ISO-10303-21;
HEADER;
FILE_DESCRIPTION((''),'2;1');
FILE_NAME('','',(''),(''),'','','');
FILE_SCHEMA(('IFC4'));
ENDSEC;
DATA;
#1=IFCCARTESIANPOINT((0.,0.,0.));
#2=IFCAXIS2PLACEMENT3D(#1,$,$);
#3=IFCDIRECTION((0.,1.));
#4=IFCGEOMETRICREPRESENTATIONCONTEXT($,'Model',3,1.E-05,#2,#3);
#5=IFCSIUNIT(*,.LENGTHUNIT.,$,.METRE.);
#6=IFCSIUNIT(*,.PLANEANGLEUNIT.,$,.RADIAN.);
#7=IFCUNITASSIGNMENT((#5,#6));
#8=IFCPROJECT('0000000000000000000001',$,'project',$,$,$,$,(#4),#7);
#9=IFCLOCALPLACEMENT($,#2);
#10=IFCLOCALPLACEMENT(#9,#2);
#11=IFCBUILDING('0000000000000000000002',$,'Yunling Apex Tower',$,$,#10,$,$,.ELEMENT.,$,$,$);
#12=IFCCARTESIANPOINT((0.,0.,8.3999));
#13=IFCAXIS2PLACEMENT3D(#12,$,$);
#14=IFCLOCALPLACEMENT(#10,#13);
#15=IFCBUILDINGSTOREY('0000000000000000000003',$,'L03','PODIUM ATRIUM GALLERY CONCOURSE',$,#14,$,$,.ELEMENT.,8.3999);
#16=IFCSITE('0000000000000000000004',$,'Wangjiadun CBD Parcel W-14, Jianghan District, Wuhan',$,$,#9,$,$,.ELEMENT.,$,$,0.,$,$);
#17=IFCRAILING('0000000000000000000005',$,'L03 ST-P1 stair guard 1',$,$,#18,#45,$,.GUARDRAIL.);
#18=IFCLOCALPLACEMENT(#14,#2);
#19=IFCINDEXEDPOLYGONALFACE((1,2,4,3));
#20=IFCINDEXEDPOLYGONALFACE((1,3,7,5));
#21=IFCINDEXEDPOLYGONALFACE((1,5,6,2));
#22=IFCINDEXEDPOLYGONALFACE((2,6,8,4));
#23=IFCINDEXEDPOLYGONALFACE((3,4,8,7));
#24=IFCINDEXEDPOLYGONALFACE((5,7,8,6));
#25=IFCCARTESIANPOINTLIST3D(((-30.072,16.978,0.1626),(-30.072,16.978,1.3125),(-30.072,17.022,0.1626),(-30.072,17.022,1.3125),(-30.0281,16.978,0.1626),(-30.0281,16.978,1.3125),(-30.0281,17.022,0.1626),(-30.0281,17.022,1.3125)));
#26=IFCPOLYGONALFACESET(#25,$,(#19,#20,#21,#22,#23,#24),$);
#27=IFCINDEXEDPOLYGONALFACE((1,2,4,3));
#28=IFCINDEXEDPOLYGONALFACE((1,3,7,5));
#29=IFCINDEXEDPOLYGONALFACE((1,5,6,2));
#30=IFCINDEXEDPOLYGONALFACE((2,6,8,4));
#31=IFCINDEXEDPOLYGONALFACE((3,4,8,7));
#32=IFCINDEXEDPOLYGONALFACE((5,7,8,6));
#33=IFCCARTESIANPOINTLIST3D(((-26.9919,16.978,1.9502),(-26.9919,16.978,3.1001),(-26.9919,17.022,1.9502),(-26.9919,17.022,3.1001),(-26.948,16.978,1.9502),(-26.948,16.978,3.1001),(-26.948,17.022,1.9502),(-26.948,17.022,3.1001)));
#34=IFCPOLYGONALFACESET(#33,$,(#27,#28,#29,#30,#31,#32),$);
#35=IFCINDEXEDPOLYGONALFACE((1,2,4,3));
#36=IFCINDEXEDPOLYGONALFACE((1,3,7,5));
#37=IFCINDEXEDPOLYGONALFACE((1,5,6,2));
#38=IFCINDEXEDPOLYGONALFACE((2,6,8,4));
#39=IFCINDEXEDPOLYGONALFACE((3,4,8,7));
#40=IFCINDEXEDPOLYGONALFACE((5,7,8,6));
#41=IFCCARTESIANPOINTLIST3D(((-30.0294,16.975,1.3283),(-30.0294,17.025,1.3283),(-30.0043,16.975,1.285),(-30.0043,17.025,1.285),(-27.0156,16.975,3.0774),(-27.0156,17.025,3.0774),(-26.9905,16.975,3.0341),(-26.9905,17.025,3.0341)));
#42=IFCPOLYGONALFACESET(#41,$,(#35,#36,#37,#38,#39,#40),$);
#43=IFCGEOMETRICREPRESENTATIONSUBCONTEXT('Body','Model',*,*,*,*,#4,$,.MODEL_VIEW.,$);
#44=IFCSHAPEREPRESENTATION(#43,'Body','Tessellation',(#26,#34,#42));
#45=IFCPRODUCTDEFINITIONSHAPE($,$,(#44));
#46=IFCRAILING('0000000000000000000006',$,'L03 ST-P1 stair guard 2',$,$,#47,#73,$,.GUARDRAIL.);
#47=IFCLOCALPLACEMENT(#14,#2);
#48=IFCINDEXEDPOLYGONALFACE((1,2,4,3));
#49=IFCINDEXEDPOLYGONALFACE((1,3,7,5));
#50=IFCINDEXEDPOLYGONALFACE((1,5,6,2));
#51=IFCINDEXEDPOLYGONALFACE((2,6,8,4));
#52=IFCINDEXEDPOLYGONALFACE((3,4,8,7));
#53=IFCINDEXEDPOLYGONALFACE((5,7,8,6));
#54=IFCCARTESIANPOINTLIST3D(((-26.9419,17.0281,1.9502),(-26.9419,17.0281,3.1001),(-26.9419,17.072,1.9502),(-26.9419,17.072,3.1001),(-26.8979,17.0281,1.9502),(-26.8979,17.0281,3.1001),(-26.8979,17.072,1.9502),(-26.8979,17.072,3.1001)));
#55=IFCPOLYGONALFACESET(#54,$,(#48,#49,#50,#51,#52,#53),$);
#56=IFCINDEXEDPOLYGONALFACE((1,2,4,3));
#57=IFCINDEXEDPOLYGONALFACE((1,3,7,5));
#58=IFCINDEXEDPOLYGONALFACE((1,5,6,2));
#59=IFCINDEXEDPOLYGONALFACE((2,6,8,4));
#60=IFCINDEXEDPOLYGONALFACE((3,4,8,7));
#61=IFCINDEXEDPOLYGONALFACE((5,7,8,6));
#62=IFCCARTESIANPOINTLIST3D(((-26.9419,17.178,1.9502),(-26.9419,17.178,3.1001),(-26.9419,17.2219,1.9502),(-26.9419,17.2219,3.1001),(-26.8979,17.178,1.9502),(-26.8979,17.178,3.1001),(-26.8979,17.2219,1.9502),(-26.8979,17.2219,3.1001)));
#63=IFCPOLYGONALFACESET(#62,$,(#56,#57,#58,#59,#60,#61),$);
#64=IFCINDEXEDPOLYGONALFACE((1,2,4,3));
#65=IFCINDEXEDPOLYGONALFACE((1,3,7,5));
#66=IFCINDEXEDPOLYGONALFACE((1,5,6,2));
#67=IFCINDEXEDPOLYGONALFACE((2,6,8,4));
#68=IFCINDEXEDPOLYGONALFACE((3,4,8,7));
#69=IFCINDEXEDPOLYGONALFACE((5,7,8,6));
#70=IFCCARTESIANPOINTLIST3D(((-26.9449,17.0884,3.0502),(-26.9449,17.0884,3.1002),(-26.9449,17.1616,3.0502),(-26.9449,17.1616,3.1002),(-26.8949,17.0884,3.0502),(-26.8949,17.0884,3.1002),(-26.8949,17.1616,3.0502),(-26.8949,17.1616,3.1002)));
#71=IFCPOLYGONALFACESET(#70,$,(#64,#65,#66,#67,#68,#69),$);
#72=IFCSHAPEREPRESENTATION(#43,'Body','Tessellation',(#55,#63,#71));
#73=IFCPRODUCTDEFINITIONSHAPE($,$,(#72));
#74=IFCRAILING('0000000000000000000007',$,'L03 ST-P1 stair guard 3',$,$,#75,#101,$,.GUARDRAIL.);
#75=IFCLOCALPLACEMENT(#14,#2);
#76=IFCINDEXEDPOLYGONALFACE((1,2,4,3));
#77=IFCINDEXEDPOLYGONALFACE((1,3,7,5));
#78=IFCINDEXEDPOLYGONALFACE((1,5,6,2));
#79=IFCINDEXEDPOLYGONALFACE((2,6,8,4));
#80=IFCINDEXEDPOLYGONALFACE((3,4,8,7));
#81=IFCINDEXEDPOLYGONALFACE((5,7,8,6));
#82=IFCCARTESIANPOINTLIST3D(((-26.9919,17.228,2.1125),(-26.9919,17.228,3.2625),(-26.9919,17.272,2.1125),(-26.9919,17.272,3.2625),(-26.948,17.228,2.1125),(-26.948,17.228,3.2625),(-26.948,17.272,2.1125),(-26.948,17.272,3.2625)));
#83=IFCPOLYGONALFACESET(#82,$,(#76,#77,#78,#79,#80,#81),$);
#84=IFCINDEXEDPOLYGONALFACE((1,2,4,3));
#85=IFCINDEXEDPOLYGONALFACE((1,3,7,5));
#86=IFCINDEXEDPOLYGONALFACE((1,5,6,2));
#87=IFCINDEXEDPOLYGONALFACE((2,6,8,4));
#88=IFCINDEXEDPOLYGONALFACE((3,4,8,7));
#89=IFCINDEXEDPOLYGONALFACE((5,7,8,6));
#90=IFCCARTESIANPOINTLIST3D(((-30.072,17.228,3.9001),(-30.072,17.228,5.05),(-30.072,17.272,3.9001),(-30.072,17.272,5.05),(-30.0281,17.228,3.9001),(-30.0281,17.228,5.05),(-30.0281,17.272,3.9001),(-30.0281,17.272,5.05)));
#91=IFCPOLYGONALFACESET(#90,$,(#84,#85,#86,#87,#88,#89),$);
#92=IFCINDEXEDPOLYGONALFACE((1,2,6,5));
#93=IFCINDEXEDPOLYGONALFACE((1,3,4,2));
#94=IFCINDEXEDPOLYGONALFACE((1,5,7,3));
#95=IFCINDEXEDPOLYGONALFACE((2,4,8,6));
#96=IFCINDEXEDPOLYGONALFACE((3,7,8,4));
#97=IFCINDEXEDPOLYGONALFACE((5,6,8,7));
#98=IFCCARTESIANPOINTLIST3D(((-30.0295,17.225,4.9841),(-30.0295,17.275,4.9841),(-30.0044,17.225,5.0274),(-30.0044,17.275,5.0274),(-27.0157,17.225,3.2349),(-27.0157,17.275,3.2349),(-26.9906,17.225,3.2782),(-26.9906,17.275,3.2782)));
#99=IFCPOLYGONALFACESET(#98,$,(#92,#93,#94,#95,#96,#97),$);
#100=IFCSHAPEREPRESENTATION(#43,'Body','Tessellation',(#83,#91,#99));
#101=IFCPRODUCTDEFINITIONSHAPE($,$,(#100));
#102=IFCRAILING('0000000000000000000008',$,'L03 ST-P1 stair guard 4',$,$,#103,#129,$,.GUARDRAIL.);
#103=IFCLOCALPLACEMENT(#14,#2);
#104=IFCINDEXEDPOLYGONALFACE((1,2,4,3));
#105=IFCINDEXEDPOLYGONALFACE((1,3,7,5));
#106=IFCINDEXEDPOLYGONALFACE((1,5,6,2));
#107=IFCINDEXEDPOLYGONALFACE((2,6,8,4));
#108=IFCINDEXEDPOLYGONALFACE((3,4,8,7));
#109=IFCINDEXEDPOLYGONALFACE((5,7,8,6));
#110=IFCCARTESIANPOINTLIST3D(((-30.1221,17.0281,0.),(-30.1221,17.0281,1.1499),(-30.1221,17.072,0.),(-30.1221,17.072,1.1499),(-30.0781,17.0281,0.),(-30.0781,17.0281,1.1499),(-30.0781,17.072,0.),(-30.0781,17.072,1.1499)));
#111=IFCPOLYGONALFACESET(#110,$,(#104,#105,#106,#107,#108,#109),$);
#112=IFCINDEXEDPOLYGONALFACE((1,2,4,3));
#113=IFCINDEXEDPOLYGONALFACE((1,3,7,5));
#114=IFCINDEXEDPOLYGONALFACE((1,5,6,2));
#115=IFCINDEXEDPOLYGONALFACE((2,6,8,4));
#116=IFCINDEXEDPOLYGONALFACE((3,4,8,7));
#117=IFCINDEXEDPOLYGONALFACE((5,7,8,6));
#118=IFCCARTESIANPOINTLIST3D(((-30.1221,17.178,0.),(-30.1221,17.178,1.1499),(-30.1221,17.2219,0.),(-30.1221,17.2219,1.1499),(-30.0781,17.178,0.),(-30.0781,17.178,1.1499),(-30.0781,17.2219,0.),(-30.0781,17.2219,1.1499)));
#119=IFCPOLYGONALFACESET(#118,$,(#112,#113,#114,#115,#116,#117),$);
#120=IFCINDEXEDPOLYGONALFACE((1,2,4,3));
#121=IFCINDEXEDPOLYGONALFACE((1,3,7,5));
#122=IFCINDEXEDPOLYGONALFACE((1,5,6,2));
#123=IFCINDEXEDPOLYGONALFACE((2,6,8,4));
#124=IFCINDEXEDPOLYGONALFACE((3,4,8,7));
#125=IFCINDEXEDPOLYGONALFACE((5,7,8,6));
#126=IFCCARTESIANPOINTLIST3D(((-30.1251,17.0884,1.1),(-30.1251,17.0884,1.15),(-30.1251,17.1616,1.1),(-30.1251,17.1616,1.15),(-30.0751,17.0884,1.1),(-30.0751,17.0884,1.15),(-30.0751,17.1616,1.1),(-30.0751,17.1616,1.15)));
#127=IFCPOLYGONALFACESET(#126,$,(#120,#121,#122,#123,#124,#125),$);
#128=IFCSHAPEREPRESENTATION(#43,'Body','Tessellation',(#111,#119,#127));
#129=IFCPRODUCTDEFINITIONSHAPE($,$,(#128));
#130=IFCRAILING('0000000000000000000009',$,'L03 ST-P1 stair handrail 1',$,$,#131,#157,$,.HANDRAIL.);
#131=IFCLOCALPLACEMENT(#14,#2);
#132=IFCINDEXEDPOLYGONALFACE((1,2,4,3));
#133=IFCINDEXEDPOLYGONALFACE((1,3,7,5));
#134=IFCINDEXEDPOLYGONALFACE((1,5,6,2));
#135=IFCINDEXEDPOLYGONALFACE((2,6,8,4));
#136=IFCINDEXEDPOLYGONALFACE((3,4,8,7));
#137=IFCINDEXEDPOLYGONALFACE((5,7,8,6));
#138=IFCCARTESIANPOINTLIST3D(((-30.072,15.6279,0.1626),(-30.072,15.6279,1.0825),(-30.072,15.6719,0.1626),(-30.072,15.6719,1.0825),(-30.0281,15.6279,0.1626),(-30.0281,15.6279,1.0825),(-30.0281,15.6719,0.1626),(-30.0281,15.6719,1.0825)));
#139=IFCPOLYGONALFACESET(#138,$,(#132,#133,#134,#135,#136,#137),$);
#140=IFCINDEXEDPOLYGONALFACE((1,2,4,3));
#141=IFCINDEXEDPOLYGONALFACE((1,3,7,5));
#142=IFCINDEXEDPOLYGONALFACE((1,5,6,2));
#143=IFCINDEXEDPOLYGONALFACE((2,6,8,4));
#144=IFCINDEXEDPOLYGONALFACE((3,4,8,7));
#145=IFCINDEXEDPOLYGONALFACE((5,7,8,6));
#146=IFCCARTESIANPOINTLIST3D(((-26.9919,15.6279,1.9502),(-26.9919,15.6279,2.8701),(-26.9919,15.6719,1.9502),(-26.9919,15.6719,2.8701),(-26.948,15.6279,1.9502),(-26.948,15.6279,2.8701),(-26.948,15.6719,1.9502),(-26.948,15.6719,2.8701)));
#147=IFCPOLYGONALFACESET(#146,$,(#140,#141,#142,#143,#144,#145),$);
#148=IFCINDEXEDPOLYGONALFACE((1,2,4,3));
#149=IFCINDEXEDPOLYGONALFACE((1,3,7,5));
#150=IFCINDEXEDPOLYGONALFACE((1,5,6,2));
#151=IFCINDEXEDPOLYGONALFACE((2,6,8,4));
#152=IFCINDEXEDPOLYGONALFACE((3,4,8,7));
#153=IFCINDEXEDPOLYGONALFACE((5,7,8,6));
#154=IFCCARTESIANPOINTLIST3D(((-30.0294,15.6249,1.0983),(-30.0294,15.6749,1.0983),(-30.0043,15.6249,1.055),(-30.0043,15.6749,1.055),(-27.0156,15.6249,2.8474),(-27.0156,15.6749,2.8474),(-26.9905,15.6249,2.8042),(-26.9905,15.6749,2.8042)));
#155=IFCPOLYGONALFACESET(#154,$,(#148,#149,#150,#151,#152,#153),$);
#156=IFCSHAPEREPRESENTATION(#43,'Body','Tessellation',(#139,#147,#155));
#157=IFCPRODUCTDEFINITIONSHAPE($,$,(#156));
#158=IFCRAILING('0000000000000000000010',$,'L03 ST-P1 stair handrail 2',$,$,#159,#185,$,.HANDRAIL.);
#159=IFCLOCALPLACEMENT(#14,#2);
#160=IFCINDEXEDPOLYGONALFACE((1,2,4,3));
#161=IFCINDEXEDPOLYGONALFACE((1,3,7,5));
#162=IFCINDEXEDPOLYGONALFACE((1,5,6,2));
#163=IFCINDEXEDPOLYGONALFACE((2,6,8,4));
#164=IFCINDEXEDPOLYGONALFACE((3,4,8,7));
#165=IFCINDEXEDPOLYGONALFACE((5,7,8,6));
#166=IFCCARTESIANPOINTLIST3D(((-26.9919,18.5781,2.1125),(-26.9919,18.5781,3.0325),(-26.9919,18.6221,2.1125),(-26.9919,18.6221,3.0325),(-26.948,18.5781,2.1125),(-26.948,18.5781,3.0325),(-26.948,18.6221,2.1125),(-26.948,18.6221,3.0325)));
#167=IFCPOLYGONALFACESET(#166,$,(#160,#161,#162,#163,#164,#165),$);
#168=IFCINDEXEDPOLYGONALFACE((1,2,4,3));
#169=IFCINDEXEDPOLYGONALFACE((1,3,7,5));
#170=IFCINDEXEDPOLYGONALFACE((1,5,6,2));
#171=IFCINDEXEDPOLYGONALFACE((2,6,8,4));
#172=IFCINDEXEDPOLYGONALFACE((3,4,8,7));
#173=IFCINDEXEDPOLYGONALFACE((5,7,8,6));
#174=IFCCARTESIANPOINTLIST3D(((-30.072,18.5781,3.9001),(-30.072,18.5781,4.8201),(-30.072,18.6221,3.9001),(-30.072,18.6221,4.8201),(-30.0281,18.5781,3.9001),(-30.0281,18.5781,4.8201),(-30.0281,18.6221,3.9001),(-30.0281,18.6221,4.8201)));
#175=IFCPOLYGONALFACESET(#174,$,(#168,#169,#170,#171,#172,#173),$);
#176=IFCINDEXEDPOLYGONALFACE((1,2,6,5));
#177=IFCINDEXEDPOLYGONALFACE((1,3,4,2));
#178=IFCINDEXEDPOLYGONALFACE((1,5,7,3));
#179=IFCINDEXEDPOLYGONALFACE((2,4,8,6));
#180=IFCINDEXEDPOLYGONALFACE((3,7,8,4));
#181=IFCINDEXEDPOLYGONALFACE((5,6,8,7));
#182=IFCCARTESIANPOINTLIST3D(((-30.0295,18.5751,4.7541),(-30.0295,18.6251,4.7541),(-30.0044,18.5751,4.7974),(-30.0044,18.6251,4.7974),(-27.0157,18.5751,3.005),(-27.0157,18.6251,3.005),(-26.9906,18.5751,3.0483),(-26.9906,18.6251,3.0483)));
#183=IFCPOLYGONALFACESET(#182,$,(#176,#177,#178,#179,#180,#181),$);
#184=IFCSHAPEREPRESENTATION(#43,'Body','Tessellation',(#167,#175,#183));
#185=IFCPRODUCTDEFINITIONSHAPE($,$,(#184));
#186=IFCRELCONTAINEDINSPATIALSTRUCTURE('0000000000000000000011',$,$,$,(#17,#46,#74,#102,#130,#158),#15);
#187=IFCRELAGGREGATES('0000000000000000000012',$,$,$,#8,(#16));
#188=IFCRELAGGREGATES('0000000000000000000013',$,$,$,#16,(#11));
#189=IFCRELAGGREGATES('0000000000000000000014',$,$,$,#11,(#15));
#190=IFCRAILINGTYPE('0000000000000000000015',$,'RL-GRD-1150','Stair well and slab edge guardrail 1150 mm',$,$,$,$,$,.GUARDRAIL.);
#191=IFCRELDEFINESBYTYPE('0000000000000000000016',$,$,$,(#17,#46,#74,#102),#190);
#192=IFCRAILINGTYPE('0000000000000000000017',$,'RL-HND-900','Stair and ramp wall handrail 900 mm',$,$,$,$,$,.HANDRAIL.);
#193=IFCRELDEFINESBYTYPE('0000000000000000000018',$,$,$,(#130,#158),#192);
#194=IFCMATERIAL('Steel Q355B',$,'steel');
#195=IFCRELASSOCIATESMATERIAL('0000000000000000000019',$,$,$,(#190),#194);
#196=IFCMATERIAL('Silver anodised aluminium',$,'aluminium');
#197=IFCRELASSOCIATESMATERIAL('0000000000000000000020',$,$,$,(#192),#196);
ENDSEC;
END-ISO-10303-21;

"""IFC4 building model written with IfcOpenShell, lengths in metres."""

from ifc_helpers import new_model, si_unit, direction, frame, origin, origin_2d, place, context, subcontext, project, spatial, rectangle, extrude, material, type_object, element, save


model = new_model("IFC4")

# Units and contexts
model_context = context("Model", 3, precision=1e-05, world=origin(), true_north=direction((0.0, 1.0)))
body_context = subcontext(model_context, "Body", "Model", "MODEL_VIEW")
ifc_project = project(units=[si_unit("LENGTHUNIT", "METRE"), si_unit("PLANEANGLEUNIT", "RADIAN")], contexts=[model_context])

# Site, building, storey
site_placement = place(None, origin())
site = spatial("IfcSite", under=ifc_project, at=site_placement, Name="Wangjiadun CBD Parcel W-14, Jianghan District, Wuhan", CompositionType="ELEMENT", RefElevation=0.0)
building_placement = place(site_placement, origin())
building = spatial("IfcBuilding", under=site, at=building_placement, Name="Yunling Apex Tower", CompositionType="ELEMENT")
storey_placement = place(building_placement, frame((0.0, 0.0, 8.3999)))
storey = spatial("IfcBuildingStorey", under=building, at=storey_placement, Name="L03", Description="PODIUM ATRIUM GALLERY CONCOURSE", CompositionType="ELEMENT", Elevation=8.3999)

# Shared definitions
ifc_material_1 = material(Name="Steel Q355B", Category="steel")

# Railings
railing_type_1 = type_object("IfcRailingType", Name="RL-GRD-1150", Description="Stair well and slab edge guardrail 1150 mm", PredefinedType="GUARDRAIL", material=ifc_material_1)
railing_1_placement = place(storey_placement, frame((-30.05, 17.0, 0.1626)))
element("IfcRailing", 1, at=railing_1_placement, inside=storey, type_object=railing_type_1, Name="L03 ST-P1 stair guard 1", PredefinedType="GUARDRAIL", context=body_context, shape_type="SweptSolid", body=[
    extrude(rectangle(XDim=0.0439, YDim=0.0439, at=origin_2d()), origin(), (0.0, 0.0, 1.0), 1.1499),
    extrude(rectangle(XDim=0.0439, YDim=0.0439, at=origin_2d()), frame((3.0801, 0.0, 1.7876)), (0.0, 0.0, 1.0), 1.1499),
    extrude(rectangle(XDim=0.05, YDim=0.05, at=origin_2d()), frame((0.0332, 0.0, 1.144), z_axis=(0.864891, 0.0, 0.50196), x_axis=(0.0, 1.0, 0.0)), (0.0, 0.0, 1.0), 3.4846),
])
railing_2_placement = place(storey_placement, frame((-26.9199, 17.05, 1.9502)))
element("IfcRailing", 2, at=railing_2_placement, inside=storey, type_object=railing_type_1, Name="L03 ST-P1 stair guard 2", PredefinedType="GUARDRAIL", context=body_context, shape_type="SweptSolid", body=[
    extrude(rectangle(XDim=0.0439, YDim=0.0439, at=origin_2d()), origin(), (0.0, 0.0, 1.0), 1.1499),
    extrude(rectangle(XDim=0.0439, YDim=0.0439, at=origin_2d()), frame((0.0, 0.1499, 0.0)), (0.0, 0.0, 1.0), 1.1499),
    extrude(rectangle(XDim=0.05, YDim=0.05, at=origin_2d()), frame((0.0, 0.0383, 1.125), z_axis=(0.0, 1.0, 0.0), x_axis=(-1.0, 0.0, 0.0)), (0.0, 0.0, 1.0), 0.0732),
])
railing_3_placement = place(storey_placement, frame((-26.97, 17.25, 2.1125)))
element("IfcRailing", 3, at=railing_3_placement, inside=storey, type_object=railing_type_1, Name="L03 ST-P1 stair guard 3", PredefinedType="GUARDRAIL", context=body_context, shape_type="SweptSolid", body=[
    extrude(rectangle(XDim=0.0439, YDim=0.0439, at=origin_2d()), origin(), (0.0, 0.0, 1.0), 1.1499),
    extrude(rectangle(XDim=0.0439, YDim=0.0439, at=origin_2d()), frame((-3.0801, 0.0, 1.7876)), (0.0, 0.0, 1.0), 1.1499),
    extrude(rectangle(XDim=0.05, YDim=0.05, at=origin_2d()), frame((-0.0332, 0.0, 1.144), z_axis=(-0.864891, 0.0, 0.50196), x_axis=(0.0, -1.0, 0.0)), (0.0, 0.0, 1.0), 3.4846),
])
railing_4_placement = place(storey_placement, frame((-30.1001, 17.05, 0.0)))
element("IfcRailing", 4, at=railing_4_placement, inside=storey, type_object=railing_type_1, Name="L03 ST-P1 stair guard 4", PredefinedType="GUARDRAIL", context=body_context, shape_type="SweptSolid", body=[
    extrude(rectangle(XDim=0.0439, YDim=0.0439, at=origin_2d()), origin(), (0.0, 0.0, 1.0), 1.1499),
    extrude(rectangle(XDim=0.0439, YDim=0.0439, at=origin_2d()), frame((0.0, 0.1499, 0.0)), (0.0, 0.0, 1.0), 1.1499),
    extrude(rectangle(XDim=0.05, YDim=0.05, at=origin_2d()), frame((0.0, 0.0383, 1.125), z_axis=(0.0, 1.0, 0.0), x_axis=(-1.0, 0.0, 0.0)), (0.0, 0.0, 1.0), 0.0732),
])
ifc_material_2 = material(Name="Silver anodised aluminium", Category="aluminium")
railing_type_2 = type_object("IfcRailingType", Name="RL-HND-900", Description="Stair and ramp wall handrail 900 mm", PredefinedType="HANDRAIL", material=ifc_material_2)
railing_5_placement = place(storey_placement, frame((-30.05, 15.6499, 0.1626)))
element("IfcRailing", 5, at=railing_5_placement, inside=storey, type_object=railing_type_2, Name="L03 ST-P1 stair handrail 1", PredefinedType="HANDRAIL", context=body_context, shape_type="SweptSolid", body=[
    extrude(rectangle(XDim=0.0439, YDim=0.0439, at=origin_2d()), origin(), (0.0, 0.0, 1.0), 0.9199),
    extrude(rectangle(XDim=0.0439, YDim=0.0439, at=origin_2d()), frame((3.0801, 0.0, 1.7876)), (0.0, 0.0, 1.0), 0.9199),
    extrude(rectangle(XDim=0.05, YDim=0.05, at=origin_2d()), frame((0.0332, 0.0, 0.9141), z_axis=(0.864891, 0.0, 0.50196), x_axis=(0.0, 1.0, 0.0)), (0.0, 0.0, 1.0), 3.4846),
])
railing_6_placement = place(storey_placement, frame((-26.97, 18.6001, 2.1125)))
element("IfcRailing", 6, at=railing_6_placement, inside=storey, type_object=railing_type_2, Name="L03 ST-P1 stair handrail 2", PredefinedType="HANDRAIL", context=body_context, shape_type="SweptSolid", body=[
    extrude(rectangle(XDim=0.0439, YDim=0.0439, at=origin_2d()), origin(), (0.0, 0.0, 1.0), 0.9199),
    extrude(rectangle(XDim=0.0439, YDim=0.0439, at=origin_2d()), frame((-3.0801, 0.0, 1.7876)), (0.0, 0.0, 1.0), 0.9199),
    extrude(rectangle(XDim=0.05, YDim=0.05, at=origin_2d()), frame((-0.0332, 0.0, 0.9141), z_axis=(-0.864891, 0.0, 0.50196), x_axis=(0.0, -1.0, 0.0)), (0.0, 0.0, 1.0), 3.4846),
])

save(model, "model.ifc")
